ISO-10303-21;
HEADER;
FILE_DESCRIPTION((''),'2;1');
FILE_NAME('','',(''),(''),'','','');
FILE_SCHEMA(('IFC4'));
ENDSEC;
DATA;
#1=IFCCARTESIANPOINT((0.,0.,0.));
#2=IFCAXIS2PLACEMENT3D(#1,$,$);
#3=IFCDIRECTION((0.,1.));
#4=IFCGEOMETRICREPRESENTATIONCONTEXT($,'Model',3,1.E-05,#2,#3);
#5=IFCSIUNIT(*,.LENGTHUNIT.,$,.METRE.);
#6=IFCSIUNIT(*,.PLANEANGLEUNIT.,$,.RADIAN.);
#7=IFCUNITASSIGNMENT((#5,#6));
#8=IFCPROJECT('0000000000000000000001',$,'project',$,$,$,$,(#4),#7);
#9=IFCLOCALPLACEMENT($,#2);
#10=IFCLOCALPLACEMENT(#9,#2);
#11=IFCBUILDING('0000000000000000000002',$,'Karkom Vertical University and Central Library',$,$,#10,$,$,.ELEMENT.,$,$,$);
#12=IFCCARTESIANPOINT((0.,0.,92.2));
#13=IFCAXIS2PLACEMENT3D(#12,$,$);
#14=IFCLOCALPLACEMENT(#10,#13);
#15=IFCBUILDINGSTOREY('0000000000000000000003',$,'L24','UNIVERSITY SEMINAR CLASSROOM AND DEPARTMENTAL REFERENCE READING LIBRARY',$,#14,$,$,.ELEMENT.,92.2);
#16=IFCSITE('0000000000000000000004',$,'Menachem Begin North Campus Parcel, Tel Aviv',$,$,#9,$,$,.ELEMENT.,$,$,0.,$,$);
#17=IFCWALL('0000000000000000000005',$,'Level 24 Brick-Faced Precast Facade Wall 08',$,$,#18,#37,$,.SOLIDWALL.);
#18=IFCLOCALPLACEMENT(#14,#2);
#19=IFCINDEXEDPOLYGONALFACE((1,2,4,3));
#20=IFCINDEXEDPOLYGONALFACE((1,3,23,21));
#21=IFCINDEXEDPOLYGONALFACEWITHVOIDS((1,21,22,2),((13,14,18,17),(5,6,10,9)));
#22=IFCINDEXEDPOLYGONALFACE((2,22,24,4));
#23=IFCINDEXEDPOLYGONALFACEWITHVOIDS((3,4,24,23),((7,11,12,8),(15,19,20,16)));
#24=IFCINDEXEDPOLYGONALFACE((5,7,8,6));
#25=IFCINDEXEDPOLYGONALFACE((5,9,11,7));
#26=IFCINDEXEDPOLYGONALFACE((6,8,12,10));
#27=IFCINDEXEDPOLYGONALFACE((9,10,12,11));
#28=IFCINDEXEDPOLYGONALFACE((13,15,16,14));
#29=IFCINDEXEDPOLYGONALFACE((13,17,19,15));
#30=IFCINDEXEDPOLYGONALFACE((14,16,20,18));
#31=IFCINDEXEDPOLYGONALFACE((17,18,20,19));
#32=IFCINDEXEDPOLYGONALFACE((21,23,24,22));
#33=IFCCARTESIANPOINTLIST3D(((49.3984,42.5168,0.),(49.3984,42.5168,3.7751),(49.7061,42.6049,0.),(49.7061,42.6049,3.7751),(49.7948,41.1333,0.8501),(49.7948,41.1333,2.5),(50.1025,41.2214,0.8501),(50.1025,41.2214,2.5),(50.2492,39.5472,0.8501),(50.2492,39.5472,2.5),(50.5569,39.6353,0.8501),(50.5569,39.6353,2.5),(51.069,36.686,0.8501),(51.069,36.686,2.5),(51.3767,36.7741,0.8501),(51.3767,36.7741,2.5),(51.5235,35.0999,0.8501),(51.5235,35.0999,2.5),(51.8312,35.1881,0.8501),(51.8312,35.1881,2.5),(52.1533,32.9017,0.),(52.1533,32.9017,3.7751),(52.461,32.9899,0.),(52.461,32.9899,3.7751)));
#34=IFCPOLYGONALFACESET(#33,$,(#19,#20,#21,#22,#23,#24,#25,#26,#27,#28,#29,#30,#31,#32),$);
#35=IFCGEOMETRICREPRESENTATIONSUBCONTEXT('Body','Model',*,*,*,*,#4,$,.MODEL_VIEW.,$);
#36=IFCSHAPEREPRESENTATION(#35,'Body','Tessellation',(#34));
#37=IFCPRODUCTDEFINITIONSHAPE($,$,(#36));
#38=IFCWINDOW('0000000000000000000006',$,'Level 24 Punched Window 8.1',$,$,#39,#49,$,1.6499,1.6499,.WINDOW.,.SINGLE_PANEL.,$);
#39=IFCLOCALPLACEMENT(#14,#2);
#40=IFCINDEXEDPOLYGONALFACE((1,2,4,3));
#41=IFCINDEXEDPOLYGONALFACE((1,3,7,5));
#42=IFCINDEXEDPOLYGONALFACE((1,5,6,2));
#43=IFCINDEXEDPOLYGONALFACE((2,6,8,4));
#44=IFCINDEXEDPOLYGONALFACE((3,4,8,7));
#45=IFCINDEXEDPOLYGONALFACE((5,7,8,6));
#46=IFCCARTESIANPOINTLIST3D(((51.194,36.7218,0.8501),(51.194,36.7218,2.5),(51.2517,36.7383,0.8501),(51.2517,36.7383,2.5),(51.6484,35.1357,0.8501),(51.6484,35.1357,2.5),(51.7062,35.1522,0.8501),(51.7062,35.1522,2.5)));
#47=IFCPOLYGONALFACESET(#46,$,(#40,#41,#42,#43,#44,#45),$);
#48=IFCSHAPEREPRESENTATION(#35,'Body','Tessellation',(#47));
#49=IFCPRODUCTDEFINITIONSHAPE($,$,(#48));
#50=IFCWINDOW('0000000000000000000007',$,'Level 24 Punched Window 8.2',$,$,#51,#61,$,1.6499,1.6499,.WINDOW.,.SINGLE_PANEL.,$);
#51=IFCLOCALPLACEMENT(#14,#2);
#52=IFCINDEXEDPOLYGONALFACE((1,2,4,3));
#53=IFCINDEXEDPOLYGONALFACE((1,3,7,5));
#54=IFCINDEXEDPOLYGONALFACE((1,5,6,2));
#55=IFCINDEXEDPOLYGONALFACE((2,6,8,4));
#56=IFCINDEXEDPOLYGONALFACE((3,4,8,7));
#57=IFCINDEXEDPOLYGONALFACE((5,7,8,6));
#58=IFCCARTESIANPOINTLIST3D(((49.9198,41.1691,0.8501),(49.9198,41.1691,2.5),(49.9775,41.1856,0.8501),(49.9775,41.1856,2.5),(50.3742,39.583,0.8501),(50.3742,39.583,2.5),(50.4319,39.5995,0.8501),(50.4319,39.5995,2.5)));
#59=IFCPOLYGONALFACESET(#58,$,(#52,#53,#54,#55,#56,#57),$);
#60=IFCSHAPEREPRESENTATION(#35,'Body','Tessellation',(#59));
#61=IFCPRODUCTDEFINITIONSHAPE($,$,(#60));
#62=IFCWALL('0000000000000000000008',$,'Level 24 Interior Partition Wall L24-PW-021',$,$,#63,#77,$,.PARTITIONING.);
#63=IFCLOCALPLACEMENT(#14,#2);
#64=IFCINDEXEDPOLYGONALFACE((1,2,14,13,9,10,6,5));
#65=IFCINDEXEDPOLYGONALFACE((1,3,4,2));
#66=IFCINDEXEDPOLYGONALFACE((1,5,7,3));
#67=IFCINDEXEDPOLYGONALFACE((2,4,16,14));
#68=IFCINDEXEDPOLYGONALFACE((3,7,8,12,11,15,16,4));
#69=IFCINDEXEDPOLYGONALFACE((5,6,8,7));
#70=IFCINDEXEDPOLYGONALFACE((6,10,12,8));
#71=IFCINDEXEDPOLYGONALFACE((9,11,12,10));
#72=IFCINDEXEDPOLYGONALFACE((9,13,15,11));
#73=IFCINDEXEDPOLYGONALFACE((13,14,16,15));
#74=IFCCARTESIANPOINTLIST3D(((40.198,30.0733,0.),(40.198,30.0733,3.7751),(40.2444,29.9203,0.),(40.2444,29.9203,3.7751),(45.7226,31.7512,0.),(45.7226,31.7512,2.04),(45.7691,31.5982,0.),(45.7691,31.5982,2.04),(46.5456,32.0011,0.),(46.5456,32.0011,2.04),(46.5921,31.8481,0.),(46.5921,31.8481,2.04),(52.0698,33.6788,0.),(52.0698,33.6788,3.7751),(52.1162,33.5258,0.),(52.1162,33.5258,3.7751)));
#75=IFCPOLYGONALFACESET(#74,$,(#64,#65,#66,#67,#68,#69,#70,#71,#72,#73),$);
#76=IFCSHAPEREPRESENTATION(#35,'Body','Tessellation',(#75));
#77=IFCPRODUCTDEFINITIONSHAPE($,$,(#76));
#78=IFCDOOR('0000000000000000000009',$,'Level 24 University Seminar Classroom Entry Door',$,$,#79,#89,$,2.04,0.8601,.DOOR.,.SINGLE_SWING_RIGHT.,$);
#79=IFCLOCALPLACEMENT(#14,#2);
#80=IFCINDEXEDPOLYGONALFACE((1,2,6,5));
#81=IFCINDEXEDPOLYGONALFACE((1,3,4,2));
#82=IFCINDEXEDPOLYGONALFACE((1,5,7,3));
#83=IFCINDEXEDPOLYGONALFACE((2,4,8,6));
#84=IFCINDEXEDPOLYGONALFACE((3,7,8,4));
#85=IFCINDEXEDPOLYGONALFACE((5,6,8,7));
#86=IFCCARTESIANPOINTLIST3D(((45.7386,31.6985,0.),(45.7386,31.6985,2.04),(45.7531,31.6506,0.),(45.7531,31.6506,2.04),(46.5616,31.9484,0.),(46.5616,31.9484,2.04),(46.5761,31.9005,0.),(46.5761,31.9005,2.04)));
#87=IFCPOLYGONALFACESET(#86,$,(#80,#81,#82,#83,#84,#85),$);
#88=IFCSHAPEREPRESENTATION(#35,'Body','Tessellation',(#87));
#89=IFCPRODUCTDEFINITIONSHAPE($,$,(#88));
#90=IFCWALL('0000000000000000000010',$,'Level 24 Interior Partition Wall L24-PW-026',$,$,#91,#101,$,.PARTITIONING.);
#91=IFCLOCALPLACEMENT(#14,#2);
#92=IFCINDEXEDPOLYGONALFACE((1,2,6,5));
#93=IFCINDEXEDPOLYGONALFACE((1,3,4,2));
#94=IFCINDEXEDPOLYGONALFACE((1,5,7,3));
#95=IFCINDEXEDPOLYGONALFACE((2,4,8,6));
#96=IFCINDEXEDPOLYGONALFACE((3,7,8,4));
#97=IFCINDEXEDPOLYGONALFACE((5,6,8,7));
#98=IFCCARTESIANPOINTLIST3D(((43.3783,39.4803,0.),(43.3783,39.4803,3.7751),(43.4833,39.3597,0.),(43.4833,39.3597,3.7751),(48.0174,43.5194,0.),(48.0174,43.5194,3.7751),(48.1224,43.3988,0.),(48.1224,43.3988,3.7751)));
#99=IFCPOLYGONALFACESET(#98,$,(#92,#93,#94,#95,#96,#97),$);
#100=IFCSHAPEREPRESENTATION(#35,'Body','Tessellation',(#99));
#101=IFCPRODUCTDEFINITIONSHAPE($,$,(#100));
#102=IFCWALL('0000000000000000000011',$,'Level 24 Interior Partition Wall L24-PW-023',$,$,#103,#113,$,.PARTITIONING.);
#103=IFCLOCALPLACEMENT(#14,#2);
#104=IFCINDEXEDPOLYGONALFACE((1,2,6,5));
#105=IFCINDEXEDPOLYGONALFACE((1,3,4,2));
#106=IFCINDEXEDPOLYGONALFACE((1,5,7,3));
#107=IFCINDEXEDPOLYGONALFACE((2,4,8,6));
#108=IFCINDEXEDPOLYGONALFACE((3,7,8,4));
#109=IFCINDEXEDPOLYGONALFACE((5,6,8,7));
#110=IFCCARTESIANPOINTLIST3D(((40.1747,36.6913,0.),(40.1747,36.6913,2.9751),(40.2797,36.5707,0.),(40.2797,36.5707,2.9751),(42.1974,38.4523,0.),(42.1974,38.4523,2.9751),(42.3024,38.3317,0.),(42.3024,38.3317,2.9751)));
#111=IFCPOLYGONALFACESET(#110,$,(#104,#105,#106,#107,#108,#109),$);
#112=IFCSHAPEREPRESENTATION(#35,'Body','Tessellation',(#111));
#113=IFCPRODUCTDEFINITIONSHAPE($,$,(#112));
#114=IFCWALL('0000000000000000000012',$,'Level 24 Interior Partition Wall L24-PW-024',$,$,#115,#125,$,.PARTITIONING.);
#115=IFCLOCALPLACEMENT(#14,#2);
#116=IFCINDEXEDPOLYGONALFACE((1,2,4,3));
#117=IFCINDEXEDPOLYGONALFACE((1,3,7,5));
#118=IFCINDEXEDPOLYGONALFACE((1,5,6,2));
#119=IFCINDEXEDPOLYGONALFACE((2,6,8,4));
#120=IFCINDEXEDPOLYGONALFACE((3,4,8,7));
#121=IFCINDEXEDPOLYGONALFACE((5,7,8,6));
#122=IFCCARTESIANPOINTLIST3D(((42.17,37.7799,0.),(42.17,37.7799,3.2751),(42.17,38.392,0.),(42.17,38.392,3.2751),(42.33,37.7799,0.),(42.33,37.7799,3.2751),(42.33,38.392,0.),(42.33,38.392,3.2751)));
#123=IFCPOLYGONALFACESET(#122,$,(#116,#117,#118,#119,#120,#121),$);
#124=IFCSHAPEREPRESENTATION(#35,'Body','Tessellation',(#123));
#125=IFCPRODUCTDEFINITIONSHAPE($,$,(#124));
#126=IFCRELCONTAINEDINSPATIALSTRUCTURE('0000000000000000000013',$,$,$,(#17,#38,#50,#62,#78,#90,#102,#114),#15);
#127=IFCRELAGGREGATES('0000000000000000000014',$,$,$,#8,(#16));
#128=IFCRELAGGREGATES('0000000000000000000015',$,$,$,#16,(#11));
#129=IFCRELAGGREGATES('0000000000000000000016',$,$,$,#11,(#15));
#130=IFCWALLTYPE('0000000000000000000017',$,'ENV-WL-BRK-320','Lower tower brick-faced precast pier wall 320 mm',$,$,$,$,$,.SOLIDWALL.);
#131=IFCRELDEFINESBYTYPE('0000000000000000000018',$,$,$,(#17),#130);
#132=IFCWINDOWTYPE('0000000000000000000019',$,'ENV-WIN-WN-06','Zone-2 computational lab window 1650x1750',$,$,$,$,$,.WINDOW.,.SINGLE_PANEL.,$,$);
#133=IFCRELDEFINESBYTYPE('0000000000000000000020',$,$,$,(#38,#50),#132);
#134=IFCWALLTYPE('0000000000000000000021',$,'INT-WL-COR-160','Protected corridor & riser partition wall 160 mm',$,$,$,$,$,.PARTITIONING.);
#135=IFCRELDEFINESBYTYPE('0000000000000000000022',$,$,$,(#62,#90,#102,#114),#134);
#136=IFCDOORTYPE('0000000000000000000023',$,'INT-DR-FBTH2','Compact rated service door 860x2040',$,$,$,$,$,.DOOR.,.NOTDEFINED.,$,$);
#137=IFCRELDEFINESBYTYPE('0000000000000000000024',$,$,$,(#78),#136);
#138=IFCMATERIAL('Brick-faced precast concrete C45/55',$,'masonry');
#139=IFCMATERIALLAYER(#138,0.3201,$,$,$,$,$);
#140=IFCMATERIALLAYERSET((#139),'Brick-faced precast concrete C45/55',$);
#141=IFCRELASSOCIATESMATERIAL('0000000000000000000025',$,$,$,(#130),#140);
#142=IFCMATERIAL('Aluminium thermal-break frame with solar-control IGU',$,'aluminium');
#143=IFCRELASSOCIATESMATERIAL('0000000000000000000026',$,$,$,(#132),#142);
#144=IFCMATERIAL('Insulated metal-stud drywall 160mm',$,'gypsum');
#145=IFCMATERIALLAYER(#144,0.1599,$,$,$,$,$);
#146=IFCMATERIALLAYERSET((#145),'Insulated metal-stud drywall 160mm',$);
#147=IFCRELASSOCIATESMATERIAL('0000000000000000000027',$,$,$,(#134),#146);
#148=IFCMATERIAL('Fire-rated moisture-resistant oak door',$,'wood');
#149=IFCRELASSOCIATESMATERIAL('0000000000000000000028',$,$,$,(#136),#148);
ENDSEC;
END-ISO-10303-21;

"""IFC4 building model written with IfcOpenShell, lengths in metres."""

from ifc_helpers import new_model, si_unit, direction, frame, frame_2d, origin, origin_with_axes, place, context, subcontext, project, spatial, rectangle, extrude, source, transform, mapped, material, layer, layer_set, type_object, element, fill, save


model = new_model("IFC4")

# Units and contexts
model_context = context("Model", 3, precision=1e-05, world=origin(), true_north=direction((0.0, 1.0)))
body_context = subcontext(model_context, "Body", "Model", "MODEL_VIEW")
ifc_project = project(units=[si_unit("LENGTHUNIT", "METRE"), si_unit("PLANEANGLEUNIT", "RADIAN")], contexts=[model_context])

# Site, building, storey
site_placement = place(None, origin())
site = spatial("IfcSite", under=ifc_project, at=site_placement, Name="Menachem Begin North Campus Parcel, Tel Aviv", CompositionType="ELEMENT", RefElevation=0.0)
building_placement = place(site_placement, origin())
building = spatial("IfcBuilding", under=site, at=building_placement, Name="Karkom Vertical University and Central Library", CompositionType="ELEMENT")
storey_placement = place(building_placement, frame((0.0, 0.0, 92.2)))
storey = spatial("IfcBuildingStorey", under=building, at=storey_placement, Name="L24", Description="UNIVERSITY SEMINAR CLASSROOM AND DEPARTMENTAL REFERENCE READING LIBRARY", CompositionType="ELEMENT", Elevation=92.2)

# Wall, openings, windows
ifc_material_1 = material(Name="Brick-faced precast concrete C45/55", Category="masonry")
ifc_layer_1 = layer(ifc_material_1, 0.3201)
ifc_layer_set_1 = layer_set([ifc_layer_1], Name="Brick-faced precast concrete C45/55")
wall_type_1 = type_object("IfcWallType", Name="ENV-WL-BRK-320", Description="Lower tower brick-faced precast pier wall 320 mm", PredefinedType="SOLIDWALL", material=ifc_layer_set_1)
wall_1_placement = place(storey_placement, frame((52.3071, 32.9458, 0.0), z_axis=(0.0, 0.0, 1.0), x_axis=(-0.275437, 0.961319, 0.0)))
wall_1 = element("IfcWall", 1, at=wall_1_placement, inside=storey, type_object=wall_type_1, Name="Level 24 Brick-Faced Precast Facade Wall 08", PredefinedType="SOLIDWALL", context=body_context, shape_type="SweptSolid", body=[
    extrude(rectangle(XDim=10.002, YDim=0.3201, at=frame_2d((5.001, 0.0))), origin(), (0.0, 0.0, 1.0), 3.7751),
])
opening_1_placement = place(wall_1_placement, frame((2.2866, 0.0, 0.8501)))
opening_1 = element("IfcOpeningElement", 2, at=opening_1_placement, cuts=wall_1, PredefinedType="OPENING", context=body_context, shape_type="SweptSolid", body=[
    extrude(rectangle(XDim=1.6499, YDim=1.6499, at=frame_2d((0.825, 0.825))), frame((0.0, 0.1699, 0.0), z_axis=(0.0, -1.0, 0.0), x_axis=(1.0, 0.0, 0.0)), (0.0, 0.0, 1.0), 0.3401),
])
opening_2_placement = place(wall_1_placement, frame((6.9128, 0.0, 0.8501)))
opening_2 = element("IfcOpeningElement", 3, at=opening_2_placement, cuts=wall_1, PredefinedType="OPENING", context=body_context, shape_type="SweptSolid", body=[
    extrude(rectangle(XDim=1.6499, YDim=1.6499, at=frame_2d((0.825, 0.825))), frame((0.0, 0.1699, 0.0), z_axis=(0.0, -1.0, 0.0), x_axis=(1.0, 0.0, 0.0)), (0.0, 0.0, 1.0), 0.3401),
])
ifc_material_2 = material(Name="Aluminium thermal-break frame with solar-control IGU", Category="aluminium")
window_type = type_object("IfcWindowType", Name="ENV-WIN-WN-06", Description="Zone-2 computational lab window 1650x1750", PartitioningType="SINGLE_PANEL", PredefinedType="WINDOW", material=ifc_material_2)
shared_shape_1 = source(origin_with_axes(), body_context, "Body", "SweptSolid", [
    extrude(rectangle(XDim=1.6499, YDim=1.6499, at=frame_2d((0.825, 0.825))), frame((0.0, 0.03, 0.0), z_axis=(0.0, -1.0, 0.0), x_axis=(1.0, 0.0, 0.0)), (0.0, 0.0, 1.0), 0.0601),
])
window_1_placement = place(opening_1_placement, origin())
window_1 = element("IfcWindow", 4, at=window_1_placement, inside=storey, type_object=window_type, Name="Level 24 Punched Window 8.1", OverallHeight=1.6499, OverallWidth=1.6499, PartitioningType="SINGLE_PANEL", PredefinedType="WINDOW", context=body_context, shape_type="MappedRepresentation", body=[
    mapped(shared_shape_1, transform((0.0, 0.0, 0.0), scale=1.0)),
])
fill(opening_1, window_1)
window_2_placement = place(opening_2_placement, origin())
window_2 = element("IfcWindow", 5, at=window_2_placement, inside=storey, type_object=window_type, Name="Level 24 Punched Window 8.2", OverallHeight=1.6499, OverallWidth=1.6499, PartitioningType="SINGLE_PANEL", PredefinedType="WINDOW", context=body_context, shape_type="MappedRepresentation", body=[
    mapped(shared_shape_1, transform((0.0, 0.0, 0.0), scale=1.0)),
])
fill(opening_2, window_2)

# Shared definitions
ifc_material_3 = material(Name="Insulated metal-stud drywall 160mm", Category="gypsum")
ifc_layer_2 = layer(ifc_material_3, 0.1599)
ifc_layer_set_2 = layer_set([ifc_layer_2], Name="Insulated metal-stud drywall 160mm")
wall_type_2 = type_object("IfcWallType", Name="INT-WL-COR-160", Description="Protected corridor & riser partition wall 160 mm", PredefinedType="PARTITIONING", material=ifc_layer_set_2)
ifc_material_4 = material(Name="Fire-rated moisture-resistant oak door", Category="wood")

# Wall, opening, door
wall_2_placement = place(storey_placement, frame((40.2212, 29.9968, 0.0), z_axis=(0.0, 0.0, 1.0), x_axis=(0.956846, 0.290594, 0.0)))
wall_2 = element("IfcWall", 6, at=wall_2_placement, inside=storey, type_object=wall_type_2, Name="Level 24 Interior Partition Wall L24-PW-021", PredefinedType="PARTITIONING", context=body_context, shape_type="SweptSolid", body=[
    extrude(rectangle(XDim=12.4072, YDim=0.1599, at=frame_2d((6.2036, 0.0))), origin(), (0.0, 0.0, 1.0), 3.7751),
])
opening_3_placement = place(wall_2_placement, frame((5.7737, 0.0, 0.0)))
opening_3 = element("IfcOpeningElement", 7, at=opening_3_placement, cuts=wall_2, PredefinedType="OPENING", context=body_context, shape_type="SweptSolid", body=[
    extrude(rectangle(XDim=0.8601, YDim=2.04, at=frame_2d((0.4302, 1.02))), frame((0.0, 0.0898, 0.0), z_axis=(0.0, -1.0, 0.0), x_axis=(1.0, 0.0, 0.0)), (0.0, 0.0, 1.0), 0.1799),
])
door_type_1 = type_object("IfcDoorType", Name="INT-DR-FBTH2", Description="Compact rated service door 860x2040", OperationType="NOTDEFINED", PredefinedType="DOOR", material=ifc_material_4)
shared_shape_2 = source(origin_with_axes(), body_context, "Body", "SweptSolid", [
    extrude(rectangle(XDim=0.8601, YDim=2.04, at=frame_2d((0.4302, 1.02))), frame((0.0, 0.0249, 0.0), z_axis=(0.0, -1.0, 0.0), x_axis=(1.0, 0.0, 0.0)), (0.0, 0.0, 1.0), 0.05),
])
door_1_placement = place(opening_3_placement, origin())
door_1 = element("IfcDoor", 8, at=door_1_placement, inside=storey, type_object=door_type_1, Name="Level 24 University Seminar Classroom Entry Door", OperationType="SINGLE_SWING_RIGHT", OverallHeight=2.04, OverallWidth=0.8601, PredefinedType="DOOR", context=body_context, shape_type="MappedRepresentation", body=[
    mapped(shared_shape_2, transform((0.0, 0.0, 0.0), scale=1.0)),
])
fill(opening_3, door_1)

# Walls
wall_3_placement = place(storey_placement, frame((43.4307, 39.4199, 0.0), z_axis=(0.0, 0.0, 1.0), x_axis=(0.754202, 0.656642, 0.0)))
element("IfcWall", 9, at=wall_3_placement, inside=storey, type_object=wall_type_2, Name="Level 24 Interior Partition Wall L24-PW-026", PredefinedType="PARTITIONING", context=body_context, shape_type="SweptSolid", body=[
    extrude(rectangle(XDim=6.1511, YDim=0.1599, at=frame_2d((3.0757, 0.0))), origin(), (0.0, 0.0, 1.0), 3.7751),
])
wall_4_placement = place(storey_placement, frame((40.2273, 36.6311, 0.0), z_axis=(0.0, 0.0, 1.0), x_axis=(0.754215, 0.656627, 0.0)))
element("IfcWall", 10, at=wall_4_placement, inside=storey, type_object=wall_type_2, Name="Level 24 Interior Partition Wall L24-PW-023", PredefinedType="PARTITIONING", context=body_context, shape_type="SweptSolid", body=[
    extrude(rectangle(XDim=2.6819, YDim=0.1599, at=frame_2d((1.3408, 0.0))), origin(), (0.0, 0.0, 1.0), 2.9751),
])
wall_5_placement = place(storey_placement, frame((42.25, 38.3921, 0.0), z_axis=(0.0, 0.0, 1.0), x_axis=(0.0, -1.0, 0.0)))
element("IfcWall", 11, at=wall_5_placement, inside=storey, type_object=wall_type_2, Name="Level 24 Interior Partition Wall L24-PW-024", PredefinedType="PARTITIONING", context=body_context, shape_type="SweptSolid", body=[
    extrude(rectangle(XDim=0.6121, YDim=0.1599, at=frame_2d((0.3062, 0.0))), origin(), (0.0, 0.0, 1.0), 3.2751),
])

save(model, "model.ifc")
